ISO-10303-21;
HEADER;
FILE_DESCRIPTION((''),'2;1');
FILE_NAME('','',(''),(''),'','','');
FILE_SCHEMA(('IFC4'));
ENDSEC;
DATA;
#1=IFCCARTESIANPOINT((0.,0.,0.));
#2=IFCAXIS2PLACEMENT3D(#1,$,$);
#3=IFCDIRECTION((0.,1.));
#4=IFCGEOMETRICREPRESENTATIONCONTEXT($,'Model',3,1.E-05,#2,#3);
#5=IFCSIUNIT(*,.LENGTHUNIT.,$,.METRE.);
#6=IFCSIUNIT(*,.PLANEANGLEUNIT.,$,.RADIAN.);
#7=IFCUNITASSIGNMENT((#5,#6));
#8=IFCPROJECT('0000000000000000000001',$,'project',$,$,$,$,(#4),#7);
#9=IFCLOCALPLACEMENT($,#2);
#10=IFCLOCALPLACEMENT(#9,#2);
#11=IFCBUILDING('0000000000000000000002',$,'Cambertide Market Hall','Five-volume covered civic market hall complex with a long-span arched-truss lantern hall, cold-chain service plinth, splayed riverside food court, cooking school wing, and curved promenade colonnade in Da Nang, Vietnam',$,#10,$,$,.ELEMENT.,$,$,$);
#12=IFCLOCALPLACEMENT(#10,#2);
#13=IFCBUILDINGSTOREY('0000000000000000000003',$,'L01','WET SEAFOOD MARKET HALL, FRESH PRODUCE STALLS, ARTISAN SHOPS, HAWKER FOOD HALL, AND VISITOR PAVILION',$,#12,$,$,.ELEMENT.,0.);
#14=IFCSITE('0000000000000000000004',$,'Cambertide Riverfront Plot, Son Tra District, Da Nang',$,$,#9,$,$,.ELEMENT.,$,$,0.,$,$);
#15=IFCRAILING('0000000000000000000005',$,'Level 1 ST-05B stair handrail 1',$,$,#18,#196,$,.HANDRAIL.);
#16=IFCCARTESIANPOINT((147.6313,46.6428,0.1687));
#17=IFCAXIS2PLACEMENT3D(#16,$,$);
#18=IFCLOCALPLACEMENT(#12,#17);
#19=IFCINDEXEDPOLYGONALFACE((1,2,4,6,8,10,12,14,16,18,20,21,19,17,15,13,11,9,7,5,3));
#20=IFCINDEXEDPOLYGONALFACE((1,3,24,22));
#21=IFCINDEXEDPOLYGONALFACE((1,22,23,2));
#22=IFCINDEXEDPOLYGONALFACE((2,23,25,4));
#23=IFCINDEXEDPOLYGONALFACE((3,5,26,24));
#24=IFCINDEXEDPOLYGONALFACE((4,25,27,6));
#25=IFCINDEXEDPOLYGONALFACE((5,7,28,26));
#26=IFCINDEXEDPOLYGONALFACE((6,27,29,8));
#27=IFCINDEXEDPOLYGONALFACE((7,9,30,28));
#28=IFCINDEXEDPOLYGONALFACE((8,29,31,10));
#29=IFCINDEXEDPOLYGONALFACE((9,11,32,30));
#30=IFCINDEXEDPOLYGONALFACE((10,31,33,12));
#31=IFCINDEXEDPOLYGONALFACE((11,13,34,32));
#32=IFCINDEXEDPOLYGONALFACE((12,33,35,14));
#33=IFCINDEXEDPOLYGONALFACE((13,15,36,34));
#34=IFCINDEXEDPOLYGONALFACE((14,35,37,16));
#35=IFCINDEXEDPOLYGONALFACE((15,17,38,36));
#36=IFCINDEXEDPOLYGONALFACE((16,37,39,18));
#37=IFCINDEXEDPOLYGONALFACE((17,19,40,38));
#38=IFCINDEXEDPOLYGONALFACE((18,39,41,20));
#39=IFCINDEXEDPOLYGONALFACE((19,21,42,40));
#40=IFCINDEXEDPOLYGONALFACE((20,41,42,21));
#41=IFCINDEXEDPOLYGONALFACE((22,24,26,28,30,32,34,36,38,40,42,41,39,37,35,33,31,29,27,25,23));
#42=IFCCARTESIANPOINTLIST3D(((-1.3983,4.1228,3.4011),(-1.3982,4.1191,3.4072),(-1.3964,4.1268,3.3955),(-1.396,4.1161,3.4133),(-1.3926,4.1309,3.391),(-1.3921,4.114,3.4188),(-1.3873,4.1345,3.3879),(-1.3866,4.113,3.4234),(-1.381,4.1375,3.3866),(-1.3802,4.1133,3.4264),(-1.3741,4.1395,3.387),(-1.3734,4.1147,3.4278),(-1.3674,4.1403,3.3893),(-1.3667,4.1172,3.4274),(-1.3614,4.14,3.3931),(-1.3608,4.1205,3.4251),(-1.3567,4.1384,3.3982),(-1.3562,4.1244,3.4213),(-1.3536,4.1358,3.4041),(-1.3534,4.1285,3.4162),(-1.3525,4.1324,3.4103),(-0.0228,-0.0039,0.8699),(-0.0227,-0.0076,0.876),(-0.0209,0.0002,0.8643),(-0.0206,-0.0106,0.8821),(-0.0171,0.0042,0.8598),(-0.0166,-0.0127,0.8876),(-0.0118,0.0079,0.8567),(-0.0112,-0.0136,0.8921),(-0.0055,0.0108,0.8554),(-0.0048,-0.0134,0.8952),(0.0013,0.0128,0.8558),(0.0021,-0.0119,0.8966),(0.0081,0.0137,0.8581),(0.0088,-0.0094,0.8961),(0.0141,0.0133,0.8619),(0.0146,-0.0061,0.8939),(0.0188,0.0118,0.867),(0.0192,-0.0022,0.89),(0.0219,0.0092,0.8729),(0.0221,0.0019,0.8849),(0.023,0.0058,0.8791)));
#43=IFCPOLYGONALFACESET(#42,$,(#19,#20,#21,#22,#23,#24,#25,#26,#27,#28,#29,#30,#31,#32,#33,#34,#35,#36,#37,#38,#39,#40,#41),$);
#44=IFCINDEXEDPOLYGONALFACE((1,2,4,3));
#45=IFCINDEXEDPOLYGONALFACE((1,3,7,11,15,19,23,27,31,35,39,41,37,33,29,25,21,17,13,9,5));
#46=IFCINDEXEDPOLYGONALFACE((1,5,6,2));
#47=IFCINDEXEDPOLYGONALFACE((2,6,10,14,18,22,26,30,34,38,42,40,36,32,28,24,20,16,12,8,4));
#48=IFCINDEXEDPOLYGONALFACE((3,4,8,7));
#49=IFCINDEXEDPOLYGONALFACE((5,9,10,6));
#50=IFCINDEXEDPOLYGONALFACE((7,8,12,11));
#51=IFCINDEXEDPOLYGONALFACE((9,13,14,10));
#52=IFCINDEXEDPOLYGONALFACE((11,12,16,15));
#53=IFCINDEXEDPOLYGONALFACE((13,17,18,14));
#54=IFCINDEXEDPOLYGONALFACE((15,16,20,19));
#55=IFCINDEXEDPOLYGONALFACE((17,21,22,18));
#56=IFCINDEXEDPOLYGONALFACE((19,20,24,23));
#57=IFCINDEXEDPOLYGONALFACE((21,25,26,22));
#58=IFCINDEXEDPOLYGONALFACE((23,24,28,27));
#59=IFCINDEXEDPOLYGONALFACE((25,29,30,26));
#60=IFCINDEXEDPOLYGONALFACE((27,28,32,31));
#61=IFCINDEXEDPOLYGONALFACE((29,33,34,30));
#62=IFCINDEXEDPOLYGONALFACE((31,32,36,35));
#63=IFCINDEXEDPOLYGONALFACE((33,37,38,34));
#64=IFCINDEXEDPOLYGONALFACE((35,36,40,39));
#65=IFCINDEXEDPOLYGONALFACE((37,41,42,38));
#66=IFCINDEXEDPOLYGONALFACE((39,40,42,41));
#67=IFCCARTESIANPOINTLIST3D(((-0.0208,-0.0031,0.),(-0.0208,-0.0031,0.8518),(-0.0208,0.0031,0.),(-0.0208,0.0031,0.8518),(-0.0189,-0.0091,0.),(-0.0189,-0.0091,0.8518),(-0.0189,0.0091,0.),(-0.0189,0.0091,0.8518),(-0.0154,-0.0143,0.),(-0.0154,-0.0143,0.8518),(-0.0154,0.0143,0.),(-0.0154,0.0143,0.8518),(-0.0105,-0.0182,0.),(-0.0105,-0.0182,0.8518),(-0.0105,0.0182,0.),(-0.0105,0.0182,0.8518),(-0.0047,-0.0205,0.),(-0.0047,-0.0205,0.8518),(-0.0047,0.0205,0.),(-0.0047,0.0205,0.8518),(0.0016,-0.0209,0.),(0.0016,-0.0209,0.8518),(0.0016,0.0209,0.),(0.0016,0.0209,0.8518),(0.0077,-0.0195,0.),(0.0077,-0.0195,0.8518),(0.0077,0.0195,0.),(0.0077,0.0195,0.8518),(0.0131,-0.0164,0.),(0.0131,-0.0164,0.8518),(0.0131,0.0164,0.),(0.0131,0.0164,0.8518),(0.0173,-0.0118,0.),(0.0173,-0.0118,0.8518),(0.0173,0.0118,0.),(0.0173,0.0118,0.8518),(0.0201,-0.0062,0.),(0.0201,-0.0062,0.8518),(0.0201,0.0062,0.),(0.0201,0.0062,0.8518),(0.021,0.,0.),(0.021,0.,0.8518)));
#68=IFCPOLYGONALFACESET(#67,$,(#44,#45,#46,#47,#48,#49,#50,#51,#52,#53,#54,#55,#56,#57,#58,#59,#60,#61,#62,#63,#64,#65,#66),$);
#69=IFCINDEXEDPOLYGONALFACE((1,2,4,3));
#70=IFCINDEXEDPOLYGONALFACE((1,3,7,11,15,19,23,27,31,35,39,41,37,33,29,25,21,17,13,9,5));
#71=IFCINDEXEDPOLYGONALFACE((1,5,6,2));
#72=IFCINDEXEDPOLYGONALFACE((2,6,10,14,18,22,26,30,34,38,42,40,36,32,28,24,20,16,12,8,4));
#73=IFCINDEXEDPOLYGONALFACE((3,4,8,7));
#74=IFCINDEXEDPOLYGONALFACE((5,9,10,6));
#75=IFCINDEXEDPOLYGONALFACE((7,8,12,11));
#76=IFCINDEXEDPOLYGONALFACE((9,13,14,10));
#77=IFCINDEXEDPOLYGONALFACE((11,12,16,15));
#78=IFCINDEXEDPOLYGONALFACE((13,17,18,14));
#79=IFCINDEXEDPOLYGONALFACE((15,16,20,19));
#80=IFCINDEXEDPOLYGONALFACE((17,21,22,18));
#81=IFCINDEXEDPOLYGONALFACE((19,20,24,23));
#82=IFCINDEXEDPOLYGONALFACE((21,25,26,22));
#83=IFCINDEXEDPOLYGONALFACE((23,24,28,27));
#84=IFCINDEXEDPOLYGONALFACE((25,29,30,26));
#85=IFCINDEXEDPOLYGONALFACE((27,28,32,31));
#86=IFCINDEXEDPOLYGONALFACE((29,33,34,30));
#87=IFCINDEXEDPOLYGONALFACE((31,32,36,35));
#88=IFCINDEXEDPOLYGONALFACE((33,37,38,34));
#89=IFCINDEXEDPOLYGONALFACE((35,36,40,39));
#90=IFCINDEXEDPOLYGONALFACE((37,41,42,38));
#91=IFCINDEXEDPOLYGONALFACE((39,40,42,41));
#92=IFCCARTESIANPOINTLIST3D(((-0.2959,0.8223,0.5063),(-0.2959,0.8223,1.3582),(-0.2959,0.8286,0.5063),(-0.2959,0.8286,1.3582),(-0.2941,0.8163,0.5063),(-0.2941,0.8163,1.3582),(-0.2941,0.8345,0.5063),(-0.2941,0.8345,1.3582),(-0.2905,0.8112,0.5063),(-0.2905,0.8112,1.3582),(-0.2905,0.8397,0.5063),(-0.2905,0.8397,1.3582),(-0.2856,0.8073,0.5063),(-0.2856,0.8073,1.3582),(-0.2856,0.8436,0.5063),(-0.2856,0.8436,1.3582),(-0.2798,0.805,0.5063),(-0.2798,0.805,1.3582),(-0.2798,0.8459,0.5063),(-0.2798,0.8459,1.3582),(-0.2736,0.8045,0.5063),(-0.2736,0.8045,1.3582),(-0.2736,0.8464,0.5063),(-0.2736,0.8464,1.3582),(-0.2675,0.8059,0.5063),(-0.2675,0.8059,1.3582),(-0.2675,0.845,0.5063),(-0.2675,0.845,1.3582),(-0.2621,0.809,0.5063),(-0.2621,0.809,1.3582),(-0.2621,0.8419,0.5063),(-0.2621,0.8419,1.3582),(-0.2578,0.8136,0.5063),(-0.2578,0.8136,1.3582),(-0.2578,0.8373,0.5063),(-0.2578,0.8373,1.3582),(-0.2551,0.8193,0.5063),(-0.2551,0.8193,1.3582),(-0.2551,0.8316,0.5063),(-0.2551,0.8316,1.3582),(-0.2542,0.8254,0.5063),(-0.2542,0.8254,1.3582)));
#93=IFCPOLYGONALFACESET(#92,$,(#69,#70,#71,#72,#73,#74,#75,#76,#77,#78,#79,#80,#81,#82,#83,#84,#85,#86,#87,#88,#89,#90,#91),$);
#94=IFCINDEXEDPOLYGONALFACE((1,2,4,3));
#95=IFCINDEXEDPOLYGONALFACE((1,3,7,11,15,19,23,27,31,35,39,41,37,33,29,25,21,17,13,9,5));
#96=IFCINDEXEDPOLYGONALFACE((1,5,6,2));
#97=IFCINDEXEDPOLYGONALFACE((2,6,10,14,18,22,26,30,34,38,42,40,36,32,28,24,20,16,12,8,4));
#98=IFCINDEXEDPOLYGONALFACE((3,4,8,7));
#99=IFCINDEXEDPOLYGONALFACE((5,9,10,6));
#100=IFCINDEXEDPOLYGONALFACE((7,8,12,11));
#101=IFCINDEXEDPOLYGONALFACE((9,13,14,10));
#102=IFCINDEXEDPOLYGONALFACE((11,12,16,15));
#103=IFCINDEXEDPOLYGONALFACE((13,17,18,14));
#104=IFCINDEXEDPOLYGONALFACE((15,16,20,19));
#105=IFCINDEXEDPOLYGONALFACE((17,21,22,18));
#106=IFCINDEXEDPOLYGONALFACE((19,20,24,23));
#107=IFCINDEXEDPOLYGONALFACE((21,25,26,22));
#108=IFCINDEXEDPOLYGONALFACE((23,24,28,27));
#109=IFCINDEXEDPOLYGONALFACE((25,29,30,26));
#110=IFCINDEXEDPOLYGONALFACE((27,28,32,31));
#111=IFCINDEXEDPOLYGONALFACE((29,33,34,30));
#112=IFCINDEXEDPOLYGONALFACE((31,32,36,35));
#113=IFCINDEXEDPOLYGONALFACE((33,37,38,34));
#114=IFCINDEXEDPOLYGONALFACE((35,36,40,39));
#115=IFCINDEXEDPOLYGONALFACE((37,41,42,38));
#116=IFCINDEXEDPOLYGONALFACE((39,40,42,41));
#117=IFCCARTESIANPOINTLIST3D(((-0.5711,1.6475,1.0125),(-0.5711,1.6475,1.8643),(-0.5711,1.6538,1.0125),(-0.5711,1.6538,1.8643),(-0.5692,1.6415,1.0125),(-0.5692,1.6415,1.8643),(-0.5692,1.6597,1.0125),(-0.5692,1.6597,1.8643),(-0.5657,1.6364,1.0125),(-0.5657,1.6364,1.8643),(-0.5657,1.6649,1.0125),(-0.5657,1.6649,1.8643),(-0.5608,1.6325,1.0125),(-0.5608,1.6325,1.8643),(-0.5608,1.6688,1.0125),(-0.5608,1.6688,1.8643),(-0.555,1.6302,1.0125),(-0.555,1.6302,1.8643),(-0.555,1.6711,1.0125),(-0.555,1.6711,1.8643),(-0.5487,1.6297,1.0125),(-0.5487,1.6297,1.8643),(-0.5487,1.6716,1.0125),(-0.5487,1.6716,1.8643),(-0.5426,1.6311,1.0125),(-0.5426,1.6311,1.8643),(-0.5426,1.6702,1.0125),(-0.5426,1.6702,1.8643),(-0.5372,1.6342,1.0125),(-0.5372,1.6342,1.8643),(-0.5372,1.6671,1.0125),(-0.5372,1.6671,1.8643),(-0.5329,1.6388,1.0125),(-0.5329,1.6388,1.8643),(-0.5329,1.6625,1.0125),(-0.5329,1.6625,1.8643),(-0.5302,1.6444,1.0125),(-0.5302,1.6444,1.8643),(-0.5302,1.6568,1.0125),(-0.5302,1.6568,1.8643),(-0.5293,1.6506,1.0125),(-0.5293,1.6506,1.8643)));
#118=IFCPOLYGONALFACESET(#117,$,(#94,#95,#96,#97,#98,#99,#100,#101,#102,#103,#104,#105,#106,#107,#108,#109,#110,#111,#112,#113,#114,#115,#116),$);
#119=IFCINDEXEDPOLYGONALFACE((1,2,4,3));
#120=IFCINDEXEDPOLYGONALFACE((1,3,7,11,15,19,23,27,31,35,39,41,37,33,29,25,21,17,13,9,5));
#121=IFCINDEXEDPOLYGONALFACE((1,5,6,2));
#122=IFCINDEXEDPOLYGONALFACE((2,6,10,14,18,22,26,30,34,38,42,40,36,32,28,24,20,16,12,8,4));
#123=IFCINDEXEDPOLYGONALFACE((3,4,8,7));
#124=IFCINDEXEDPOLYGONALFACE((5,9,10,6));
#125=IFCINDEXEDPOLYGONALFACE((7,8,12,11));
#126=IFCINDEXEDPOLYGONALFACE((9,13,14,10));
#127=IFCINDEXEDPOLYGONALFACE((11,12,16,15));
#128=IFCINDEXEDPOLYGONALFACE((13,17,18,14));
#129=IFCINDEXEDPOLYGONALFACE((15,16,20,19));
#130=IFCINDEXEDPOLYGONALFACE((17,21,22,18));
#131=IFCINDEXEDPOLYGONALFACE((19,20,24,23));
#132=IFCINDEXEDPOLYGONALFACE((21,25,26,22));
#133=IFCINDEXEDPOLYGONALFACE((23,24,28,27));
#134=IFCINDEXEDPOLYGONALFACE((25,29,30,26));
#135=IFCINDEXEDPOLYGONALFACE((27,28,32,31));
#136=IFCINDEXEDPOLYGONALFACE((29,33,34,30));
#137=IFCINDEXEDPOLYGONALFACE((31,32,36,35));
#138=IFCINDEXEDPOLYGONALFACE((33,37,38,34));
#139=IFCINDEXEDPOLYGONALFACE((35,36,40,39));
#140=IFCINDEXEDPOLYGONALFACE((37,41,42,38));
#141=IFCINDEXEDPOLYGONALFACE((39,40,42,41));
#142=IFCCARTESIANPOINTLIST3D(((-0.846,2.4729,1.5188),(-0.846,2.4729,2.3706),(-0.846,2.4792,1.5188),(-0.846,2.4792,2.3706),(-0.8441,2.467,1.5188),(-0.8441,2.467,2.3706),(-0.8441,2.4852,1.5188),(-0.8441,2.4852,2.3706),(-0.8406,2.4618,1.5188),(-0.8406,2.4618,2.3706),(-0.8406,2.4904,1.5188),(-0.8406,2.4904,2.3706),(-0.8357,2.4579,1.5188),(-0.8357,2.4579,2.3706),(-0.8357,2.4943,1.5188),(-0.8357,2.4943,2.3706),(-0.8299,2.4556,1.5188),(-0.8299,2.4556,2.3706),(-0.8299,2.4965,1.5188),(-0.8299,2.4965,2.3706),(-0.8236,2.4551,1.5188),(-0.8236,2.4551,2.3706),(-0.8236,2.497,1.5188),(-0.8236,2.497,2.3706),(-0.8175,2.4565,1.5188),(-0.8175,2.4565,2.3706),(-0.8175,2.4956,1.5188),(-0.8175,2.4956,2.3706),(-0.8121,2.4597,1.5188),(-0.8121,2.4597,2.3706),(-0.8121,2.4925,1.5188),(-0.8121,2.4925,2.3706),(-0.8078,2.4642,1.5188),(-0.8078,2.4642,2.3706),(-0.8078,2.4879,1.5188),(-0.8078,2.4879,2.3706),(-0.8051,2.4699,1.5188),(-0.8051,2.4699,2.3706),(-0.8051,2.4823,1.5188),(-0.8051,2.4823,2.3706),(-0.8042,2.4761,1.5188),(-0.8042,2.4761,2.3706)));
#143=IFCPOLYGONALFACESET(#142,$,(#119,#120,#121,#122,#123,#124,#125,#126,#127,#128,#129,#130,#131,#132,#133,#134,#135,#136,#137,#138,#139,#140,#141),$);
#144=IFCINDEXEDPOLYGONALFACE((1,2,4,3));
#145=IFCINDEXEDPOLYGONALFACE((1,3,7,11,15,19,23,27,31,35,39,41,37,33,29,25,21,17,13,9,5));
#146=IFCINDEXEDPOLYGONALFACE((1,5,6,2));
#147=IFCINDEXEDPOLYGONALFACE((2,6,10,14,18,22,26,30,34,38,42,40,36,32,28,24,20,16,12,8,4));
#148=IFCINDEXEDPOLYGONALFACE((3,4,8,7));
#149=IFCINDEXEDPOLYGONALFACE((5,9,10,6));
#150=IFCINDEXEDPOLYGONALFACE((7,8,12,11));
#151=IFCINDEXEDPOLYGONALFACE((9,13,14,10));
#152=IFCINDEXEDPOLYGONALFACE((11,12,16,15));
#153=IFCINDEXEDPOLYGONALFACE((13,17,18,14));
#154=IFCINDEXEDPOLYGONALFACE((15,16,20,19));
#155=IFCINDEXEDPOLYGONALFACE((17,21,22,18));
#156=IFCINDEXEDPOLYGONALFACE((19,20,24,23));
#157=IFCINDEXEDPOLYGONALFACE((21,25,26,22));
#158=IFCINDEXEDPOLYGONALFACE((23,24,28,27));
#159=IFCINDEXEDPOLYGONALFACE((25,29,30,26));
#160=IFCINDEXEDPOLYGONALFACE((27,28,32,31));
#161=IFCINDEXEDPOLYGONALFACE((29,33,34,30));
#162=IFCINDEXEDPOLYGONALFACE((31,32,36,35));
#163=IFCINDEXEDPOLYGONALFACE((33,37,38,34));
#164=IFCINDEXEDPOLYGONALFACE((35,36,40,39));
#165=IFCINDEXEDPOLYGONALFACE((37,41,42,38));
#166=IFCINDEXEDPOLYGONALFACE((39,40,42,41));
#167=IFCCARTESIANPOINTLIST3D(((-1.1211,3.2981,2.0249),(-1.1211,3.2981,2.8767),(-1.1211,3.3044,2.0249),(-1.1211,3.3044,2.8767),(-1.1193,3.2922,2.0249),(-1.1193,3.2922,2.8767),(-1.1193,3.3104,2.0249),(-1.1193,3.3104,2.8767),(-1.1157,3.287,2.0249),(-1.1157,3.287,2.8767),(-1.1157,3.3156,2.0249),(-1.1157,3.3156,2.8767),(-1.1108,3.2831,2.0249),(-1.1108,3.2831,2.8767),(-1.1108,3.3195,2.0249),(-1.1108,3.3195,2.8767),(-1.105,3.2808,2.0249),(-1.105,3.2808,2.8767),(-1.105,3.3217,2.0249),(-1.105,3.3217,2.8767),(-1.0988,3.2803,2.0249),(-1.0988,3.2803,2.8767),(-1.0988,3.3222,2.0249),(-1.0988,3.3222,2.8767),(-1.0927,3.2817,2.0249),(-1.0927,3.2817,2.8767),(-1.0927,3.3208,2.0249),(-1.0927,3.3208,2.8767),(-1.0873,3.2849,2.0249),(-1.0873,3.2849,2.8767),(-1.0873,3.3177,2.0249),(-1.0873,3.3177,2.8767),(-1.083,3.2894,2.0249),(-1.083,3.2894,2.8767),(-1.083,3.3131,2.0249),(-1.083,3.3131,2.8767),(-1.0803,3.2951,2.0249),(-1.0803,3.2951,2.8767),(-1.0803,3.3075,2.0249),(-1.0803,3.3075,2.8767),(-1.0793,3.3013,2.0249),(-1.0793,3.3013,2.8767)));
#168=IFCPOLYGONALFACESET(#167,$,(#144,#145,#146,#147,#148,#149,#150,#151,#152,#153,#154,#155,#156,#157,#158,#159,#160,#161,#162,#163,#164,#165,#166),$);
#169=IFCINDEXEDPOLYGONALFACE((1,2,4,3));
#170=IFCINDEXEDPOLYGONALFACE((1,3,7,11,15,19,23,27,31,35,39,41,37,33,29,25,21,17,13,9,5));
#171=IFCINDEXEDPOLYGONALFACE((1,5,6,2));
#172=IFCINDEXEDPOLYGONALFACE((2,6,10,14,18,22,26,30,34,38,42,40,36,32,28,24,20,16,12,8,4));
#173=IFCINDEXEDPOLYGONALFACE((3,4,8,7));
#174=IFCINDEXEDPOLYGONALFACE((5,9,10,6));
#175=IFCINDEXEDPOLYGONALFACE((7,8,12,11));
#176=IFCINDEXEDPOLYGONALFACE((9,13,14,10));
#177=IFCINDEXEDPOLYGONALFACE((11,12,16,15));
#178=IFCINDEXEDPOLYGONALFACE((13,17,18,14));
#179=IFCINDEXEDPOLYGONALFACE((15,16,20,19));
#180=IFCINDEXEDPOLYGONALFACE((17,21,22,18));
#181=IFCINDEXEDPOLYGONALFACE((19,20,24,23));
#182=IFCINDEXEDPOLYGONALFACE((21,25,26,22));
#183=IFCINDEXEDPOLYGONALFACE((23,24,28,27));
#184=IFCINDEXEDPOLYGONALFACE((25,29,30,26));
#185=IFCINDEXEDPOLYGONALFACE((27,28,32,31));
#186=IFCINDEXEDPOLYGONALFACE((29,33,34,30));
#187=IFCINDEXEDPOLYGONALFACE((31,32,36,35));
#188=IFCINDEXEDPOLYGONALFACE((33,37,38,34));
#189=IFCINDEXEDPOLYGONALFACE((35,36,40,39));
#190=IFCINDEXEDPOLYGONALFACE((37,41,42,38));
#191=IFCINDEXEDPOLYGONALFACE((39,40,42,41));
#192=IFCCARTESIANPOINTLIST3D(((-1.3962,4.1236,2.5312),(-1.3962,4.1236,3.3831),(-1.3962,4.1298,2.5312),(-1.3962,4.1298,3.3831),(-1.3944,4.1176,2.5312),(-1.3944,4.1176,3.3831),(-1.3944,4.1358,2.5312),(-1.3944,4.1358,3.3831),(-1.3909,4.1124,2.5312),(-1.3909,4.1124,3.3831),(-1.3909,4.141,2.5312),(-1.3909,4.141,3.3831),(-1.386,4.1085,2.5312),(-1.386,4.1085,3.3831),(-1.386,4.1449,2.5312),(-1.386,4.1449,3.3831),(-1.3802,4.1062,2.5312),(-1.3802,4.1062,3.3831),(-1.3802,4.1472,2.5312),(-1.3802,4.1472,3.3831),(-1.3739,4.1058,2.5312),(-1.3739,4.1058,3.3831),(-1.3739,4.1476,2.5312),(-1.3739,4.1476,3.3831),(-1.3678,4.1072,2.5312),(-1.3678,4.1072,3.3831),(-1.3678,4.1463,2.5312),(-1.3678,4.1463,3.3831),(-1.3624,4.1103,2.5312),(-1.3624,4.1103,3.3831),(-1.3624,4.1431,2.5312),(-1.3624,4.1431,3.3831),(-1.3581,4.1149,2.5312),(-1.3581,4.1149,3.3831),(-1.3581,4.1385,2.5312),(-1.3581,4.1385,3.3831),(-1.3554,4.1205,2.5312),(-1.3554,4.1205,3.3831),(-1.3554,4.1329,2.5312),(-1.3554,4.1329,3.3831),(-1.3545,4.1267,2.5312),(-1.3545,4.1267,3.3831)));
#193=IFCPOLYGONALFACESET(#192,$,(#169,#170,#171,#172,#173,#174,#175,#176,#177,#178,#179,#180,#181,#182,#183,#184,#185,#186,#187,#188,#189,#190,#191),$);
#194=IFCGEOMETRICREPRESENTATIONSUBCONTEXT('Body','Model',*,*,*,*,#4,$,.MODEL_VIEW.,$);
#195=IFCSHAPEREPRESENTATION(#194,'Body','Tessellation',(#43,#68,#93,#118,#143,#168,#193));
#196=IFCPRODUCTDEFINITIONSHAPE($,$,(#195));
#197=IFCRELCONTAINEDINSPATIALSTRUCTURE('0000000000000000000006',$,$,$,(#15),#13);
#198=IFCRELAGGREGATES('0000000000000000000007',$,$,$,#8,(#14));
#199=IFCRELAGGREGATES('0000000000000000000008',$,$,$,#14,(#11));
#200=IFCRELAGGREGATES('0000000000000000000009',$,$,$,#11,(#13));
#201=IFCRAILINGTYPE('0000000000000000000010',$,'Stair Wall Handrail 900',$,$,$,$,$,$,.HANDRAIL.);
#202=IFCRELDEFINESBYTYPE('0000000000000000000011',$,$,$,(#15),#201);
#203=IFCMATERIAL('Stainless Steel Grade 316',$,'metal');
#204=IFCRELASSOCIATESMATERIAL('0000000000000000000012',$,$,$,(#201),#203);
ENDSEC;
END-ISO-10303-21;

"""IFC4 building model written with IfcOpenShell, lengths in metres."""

from ifc_helpers import new_model, si_unit, direction, frame, origin, origin_2d, place, context, subcontext, project, spatial, circle, extrude, material, type_object, element, save


model = new_model("IFC4")

# Units and contexts
model_context = context("Model", 3, precision=1e-05, world=origin(), true_north=direction((0.0, 1.0)))
body_context = subcontext(model_context, "Body", "Model", "MODEL_VIEW")
ifc_project = project(units=[si_unit("LENGTHUNIT", "METRE"), si_unit("PLANEANGLEUNIT", "RADIAN")], contexts=[model_context])

# Site, building, storey
site_placement = place(None, origin())
site = spatial("IfcSite", under=ifc_project, at=site_placement, Name="Cambertide Riverfront Plot, Son Tra District, Da Nang", CompositionType="ELEMENT", RefElevation=0.0)
building_placement = place(site_placement, origin())
building = spatial("IfcBuilding", under=site, at=building_placement, Name="Cambertide Market Hall", Description="Five-volume covered civic market hall complex with a long-span arched-truss lantern hall, cold-chain service plinth, splayed riverside food court, cooking school wing, and curved promenade colonnade in Da Nang, Vietnam", CompositionType="ELEMENT")
storey_placement = place(building_placement, origin())
storey = spatial("IfcBuildingStorey", under=building, at=storey_placement, Name="L01", Description="WET SEAFOOD MARKET HALL, FRESH PRODUCE STALLS, ARTISAN SHOPS, HAWKER FOOD HALL, AND VISITOR PAVILION", CompositionType="ELEMENT", Elevation=0.0)

# Railing
ifc_material_1 = material(Name="Stainless Steel Grade 316", Category="metal")
railing_type = type_object("IfcRailingType", Name="Stair Wall Handrail 900", PredefinedType="HANDRAIL", material=ifc_material_1)
railing_placement = place(storey_placement, frame((147.6313, 46.6428, 0.1687)))
element("IfcRailing", 1, at=railing_placement, inside=storey, type_object=railing_type, Name="Level 1 ST-05B stair handrail 1", PredefinedType="HANDRAIL", context=body_context, shape_type="SweptSolid", body=[
    extrude(circle(Radius=0.0239, at=origin_2d()), frame((0.0, 0.0, 0.876), z_axis=(-0.273306, 0.819965, 0.502952), x_axis=(-0.948689, -0.316211, 0.0)), (0.0, 0.0, 1.0), 5.0327),
    extrude(circle(Radius=0.021, at=origin_2d()), origin(), (0.0, 0.0, 1.0), 0.8518),
    extrude(circle(Radius=0.021, at=origin_2d()), frame((-0.2751, 0.8254, 0.5063)), (0.0, 0.0, 1.0), 0.8518),
    extrude(circle(Radius=0.021, at=origin_2d()), frame((-0.5503, 1.6506, 1.0125)), (0.0, 0.0, 1.0), 0.8518),
    extrude(circle(Radius=0.021, at=origin_2d()), frame((-0.8252, 2.4761, 1.5188)), (0.0, 0.0, 1.0), 0.8518),
    extrude(circle(Radius=0.021, at=origin_2d()), frame((-1.1003, 3.3013, 2.0249)), (0.0, 0.0, 1.0), 0.8518),
    extrude(circle(Radius=0.021, at=origin_2d()), frame((-1.3755, 4.1267, 2.5312)), (0.0, 0.0, 1.0), 0.8518),
])

save(model, "model.ifc")
